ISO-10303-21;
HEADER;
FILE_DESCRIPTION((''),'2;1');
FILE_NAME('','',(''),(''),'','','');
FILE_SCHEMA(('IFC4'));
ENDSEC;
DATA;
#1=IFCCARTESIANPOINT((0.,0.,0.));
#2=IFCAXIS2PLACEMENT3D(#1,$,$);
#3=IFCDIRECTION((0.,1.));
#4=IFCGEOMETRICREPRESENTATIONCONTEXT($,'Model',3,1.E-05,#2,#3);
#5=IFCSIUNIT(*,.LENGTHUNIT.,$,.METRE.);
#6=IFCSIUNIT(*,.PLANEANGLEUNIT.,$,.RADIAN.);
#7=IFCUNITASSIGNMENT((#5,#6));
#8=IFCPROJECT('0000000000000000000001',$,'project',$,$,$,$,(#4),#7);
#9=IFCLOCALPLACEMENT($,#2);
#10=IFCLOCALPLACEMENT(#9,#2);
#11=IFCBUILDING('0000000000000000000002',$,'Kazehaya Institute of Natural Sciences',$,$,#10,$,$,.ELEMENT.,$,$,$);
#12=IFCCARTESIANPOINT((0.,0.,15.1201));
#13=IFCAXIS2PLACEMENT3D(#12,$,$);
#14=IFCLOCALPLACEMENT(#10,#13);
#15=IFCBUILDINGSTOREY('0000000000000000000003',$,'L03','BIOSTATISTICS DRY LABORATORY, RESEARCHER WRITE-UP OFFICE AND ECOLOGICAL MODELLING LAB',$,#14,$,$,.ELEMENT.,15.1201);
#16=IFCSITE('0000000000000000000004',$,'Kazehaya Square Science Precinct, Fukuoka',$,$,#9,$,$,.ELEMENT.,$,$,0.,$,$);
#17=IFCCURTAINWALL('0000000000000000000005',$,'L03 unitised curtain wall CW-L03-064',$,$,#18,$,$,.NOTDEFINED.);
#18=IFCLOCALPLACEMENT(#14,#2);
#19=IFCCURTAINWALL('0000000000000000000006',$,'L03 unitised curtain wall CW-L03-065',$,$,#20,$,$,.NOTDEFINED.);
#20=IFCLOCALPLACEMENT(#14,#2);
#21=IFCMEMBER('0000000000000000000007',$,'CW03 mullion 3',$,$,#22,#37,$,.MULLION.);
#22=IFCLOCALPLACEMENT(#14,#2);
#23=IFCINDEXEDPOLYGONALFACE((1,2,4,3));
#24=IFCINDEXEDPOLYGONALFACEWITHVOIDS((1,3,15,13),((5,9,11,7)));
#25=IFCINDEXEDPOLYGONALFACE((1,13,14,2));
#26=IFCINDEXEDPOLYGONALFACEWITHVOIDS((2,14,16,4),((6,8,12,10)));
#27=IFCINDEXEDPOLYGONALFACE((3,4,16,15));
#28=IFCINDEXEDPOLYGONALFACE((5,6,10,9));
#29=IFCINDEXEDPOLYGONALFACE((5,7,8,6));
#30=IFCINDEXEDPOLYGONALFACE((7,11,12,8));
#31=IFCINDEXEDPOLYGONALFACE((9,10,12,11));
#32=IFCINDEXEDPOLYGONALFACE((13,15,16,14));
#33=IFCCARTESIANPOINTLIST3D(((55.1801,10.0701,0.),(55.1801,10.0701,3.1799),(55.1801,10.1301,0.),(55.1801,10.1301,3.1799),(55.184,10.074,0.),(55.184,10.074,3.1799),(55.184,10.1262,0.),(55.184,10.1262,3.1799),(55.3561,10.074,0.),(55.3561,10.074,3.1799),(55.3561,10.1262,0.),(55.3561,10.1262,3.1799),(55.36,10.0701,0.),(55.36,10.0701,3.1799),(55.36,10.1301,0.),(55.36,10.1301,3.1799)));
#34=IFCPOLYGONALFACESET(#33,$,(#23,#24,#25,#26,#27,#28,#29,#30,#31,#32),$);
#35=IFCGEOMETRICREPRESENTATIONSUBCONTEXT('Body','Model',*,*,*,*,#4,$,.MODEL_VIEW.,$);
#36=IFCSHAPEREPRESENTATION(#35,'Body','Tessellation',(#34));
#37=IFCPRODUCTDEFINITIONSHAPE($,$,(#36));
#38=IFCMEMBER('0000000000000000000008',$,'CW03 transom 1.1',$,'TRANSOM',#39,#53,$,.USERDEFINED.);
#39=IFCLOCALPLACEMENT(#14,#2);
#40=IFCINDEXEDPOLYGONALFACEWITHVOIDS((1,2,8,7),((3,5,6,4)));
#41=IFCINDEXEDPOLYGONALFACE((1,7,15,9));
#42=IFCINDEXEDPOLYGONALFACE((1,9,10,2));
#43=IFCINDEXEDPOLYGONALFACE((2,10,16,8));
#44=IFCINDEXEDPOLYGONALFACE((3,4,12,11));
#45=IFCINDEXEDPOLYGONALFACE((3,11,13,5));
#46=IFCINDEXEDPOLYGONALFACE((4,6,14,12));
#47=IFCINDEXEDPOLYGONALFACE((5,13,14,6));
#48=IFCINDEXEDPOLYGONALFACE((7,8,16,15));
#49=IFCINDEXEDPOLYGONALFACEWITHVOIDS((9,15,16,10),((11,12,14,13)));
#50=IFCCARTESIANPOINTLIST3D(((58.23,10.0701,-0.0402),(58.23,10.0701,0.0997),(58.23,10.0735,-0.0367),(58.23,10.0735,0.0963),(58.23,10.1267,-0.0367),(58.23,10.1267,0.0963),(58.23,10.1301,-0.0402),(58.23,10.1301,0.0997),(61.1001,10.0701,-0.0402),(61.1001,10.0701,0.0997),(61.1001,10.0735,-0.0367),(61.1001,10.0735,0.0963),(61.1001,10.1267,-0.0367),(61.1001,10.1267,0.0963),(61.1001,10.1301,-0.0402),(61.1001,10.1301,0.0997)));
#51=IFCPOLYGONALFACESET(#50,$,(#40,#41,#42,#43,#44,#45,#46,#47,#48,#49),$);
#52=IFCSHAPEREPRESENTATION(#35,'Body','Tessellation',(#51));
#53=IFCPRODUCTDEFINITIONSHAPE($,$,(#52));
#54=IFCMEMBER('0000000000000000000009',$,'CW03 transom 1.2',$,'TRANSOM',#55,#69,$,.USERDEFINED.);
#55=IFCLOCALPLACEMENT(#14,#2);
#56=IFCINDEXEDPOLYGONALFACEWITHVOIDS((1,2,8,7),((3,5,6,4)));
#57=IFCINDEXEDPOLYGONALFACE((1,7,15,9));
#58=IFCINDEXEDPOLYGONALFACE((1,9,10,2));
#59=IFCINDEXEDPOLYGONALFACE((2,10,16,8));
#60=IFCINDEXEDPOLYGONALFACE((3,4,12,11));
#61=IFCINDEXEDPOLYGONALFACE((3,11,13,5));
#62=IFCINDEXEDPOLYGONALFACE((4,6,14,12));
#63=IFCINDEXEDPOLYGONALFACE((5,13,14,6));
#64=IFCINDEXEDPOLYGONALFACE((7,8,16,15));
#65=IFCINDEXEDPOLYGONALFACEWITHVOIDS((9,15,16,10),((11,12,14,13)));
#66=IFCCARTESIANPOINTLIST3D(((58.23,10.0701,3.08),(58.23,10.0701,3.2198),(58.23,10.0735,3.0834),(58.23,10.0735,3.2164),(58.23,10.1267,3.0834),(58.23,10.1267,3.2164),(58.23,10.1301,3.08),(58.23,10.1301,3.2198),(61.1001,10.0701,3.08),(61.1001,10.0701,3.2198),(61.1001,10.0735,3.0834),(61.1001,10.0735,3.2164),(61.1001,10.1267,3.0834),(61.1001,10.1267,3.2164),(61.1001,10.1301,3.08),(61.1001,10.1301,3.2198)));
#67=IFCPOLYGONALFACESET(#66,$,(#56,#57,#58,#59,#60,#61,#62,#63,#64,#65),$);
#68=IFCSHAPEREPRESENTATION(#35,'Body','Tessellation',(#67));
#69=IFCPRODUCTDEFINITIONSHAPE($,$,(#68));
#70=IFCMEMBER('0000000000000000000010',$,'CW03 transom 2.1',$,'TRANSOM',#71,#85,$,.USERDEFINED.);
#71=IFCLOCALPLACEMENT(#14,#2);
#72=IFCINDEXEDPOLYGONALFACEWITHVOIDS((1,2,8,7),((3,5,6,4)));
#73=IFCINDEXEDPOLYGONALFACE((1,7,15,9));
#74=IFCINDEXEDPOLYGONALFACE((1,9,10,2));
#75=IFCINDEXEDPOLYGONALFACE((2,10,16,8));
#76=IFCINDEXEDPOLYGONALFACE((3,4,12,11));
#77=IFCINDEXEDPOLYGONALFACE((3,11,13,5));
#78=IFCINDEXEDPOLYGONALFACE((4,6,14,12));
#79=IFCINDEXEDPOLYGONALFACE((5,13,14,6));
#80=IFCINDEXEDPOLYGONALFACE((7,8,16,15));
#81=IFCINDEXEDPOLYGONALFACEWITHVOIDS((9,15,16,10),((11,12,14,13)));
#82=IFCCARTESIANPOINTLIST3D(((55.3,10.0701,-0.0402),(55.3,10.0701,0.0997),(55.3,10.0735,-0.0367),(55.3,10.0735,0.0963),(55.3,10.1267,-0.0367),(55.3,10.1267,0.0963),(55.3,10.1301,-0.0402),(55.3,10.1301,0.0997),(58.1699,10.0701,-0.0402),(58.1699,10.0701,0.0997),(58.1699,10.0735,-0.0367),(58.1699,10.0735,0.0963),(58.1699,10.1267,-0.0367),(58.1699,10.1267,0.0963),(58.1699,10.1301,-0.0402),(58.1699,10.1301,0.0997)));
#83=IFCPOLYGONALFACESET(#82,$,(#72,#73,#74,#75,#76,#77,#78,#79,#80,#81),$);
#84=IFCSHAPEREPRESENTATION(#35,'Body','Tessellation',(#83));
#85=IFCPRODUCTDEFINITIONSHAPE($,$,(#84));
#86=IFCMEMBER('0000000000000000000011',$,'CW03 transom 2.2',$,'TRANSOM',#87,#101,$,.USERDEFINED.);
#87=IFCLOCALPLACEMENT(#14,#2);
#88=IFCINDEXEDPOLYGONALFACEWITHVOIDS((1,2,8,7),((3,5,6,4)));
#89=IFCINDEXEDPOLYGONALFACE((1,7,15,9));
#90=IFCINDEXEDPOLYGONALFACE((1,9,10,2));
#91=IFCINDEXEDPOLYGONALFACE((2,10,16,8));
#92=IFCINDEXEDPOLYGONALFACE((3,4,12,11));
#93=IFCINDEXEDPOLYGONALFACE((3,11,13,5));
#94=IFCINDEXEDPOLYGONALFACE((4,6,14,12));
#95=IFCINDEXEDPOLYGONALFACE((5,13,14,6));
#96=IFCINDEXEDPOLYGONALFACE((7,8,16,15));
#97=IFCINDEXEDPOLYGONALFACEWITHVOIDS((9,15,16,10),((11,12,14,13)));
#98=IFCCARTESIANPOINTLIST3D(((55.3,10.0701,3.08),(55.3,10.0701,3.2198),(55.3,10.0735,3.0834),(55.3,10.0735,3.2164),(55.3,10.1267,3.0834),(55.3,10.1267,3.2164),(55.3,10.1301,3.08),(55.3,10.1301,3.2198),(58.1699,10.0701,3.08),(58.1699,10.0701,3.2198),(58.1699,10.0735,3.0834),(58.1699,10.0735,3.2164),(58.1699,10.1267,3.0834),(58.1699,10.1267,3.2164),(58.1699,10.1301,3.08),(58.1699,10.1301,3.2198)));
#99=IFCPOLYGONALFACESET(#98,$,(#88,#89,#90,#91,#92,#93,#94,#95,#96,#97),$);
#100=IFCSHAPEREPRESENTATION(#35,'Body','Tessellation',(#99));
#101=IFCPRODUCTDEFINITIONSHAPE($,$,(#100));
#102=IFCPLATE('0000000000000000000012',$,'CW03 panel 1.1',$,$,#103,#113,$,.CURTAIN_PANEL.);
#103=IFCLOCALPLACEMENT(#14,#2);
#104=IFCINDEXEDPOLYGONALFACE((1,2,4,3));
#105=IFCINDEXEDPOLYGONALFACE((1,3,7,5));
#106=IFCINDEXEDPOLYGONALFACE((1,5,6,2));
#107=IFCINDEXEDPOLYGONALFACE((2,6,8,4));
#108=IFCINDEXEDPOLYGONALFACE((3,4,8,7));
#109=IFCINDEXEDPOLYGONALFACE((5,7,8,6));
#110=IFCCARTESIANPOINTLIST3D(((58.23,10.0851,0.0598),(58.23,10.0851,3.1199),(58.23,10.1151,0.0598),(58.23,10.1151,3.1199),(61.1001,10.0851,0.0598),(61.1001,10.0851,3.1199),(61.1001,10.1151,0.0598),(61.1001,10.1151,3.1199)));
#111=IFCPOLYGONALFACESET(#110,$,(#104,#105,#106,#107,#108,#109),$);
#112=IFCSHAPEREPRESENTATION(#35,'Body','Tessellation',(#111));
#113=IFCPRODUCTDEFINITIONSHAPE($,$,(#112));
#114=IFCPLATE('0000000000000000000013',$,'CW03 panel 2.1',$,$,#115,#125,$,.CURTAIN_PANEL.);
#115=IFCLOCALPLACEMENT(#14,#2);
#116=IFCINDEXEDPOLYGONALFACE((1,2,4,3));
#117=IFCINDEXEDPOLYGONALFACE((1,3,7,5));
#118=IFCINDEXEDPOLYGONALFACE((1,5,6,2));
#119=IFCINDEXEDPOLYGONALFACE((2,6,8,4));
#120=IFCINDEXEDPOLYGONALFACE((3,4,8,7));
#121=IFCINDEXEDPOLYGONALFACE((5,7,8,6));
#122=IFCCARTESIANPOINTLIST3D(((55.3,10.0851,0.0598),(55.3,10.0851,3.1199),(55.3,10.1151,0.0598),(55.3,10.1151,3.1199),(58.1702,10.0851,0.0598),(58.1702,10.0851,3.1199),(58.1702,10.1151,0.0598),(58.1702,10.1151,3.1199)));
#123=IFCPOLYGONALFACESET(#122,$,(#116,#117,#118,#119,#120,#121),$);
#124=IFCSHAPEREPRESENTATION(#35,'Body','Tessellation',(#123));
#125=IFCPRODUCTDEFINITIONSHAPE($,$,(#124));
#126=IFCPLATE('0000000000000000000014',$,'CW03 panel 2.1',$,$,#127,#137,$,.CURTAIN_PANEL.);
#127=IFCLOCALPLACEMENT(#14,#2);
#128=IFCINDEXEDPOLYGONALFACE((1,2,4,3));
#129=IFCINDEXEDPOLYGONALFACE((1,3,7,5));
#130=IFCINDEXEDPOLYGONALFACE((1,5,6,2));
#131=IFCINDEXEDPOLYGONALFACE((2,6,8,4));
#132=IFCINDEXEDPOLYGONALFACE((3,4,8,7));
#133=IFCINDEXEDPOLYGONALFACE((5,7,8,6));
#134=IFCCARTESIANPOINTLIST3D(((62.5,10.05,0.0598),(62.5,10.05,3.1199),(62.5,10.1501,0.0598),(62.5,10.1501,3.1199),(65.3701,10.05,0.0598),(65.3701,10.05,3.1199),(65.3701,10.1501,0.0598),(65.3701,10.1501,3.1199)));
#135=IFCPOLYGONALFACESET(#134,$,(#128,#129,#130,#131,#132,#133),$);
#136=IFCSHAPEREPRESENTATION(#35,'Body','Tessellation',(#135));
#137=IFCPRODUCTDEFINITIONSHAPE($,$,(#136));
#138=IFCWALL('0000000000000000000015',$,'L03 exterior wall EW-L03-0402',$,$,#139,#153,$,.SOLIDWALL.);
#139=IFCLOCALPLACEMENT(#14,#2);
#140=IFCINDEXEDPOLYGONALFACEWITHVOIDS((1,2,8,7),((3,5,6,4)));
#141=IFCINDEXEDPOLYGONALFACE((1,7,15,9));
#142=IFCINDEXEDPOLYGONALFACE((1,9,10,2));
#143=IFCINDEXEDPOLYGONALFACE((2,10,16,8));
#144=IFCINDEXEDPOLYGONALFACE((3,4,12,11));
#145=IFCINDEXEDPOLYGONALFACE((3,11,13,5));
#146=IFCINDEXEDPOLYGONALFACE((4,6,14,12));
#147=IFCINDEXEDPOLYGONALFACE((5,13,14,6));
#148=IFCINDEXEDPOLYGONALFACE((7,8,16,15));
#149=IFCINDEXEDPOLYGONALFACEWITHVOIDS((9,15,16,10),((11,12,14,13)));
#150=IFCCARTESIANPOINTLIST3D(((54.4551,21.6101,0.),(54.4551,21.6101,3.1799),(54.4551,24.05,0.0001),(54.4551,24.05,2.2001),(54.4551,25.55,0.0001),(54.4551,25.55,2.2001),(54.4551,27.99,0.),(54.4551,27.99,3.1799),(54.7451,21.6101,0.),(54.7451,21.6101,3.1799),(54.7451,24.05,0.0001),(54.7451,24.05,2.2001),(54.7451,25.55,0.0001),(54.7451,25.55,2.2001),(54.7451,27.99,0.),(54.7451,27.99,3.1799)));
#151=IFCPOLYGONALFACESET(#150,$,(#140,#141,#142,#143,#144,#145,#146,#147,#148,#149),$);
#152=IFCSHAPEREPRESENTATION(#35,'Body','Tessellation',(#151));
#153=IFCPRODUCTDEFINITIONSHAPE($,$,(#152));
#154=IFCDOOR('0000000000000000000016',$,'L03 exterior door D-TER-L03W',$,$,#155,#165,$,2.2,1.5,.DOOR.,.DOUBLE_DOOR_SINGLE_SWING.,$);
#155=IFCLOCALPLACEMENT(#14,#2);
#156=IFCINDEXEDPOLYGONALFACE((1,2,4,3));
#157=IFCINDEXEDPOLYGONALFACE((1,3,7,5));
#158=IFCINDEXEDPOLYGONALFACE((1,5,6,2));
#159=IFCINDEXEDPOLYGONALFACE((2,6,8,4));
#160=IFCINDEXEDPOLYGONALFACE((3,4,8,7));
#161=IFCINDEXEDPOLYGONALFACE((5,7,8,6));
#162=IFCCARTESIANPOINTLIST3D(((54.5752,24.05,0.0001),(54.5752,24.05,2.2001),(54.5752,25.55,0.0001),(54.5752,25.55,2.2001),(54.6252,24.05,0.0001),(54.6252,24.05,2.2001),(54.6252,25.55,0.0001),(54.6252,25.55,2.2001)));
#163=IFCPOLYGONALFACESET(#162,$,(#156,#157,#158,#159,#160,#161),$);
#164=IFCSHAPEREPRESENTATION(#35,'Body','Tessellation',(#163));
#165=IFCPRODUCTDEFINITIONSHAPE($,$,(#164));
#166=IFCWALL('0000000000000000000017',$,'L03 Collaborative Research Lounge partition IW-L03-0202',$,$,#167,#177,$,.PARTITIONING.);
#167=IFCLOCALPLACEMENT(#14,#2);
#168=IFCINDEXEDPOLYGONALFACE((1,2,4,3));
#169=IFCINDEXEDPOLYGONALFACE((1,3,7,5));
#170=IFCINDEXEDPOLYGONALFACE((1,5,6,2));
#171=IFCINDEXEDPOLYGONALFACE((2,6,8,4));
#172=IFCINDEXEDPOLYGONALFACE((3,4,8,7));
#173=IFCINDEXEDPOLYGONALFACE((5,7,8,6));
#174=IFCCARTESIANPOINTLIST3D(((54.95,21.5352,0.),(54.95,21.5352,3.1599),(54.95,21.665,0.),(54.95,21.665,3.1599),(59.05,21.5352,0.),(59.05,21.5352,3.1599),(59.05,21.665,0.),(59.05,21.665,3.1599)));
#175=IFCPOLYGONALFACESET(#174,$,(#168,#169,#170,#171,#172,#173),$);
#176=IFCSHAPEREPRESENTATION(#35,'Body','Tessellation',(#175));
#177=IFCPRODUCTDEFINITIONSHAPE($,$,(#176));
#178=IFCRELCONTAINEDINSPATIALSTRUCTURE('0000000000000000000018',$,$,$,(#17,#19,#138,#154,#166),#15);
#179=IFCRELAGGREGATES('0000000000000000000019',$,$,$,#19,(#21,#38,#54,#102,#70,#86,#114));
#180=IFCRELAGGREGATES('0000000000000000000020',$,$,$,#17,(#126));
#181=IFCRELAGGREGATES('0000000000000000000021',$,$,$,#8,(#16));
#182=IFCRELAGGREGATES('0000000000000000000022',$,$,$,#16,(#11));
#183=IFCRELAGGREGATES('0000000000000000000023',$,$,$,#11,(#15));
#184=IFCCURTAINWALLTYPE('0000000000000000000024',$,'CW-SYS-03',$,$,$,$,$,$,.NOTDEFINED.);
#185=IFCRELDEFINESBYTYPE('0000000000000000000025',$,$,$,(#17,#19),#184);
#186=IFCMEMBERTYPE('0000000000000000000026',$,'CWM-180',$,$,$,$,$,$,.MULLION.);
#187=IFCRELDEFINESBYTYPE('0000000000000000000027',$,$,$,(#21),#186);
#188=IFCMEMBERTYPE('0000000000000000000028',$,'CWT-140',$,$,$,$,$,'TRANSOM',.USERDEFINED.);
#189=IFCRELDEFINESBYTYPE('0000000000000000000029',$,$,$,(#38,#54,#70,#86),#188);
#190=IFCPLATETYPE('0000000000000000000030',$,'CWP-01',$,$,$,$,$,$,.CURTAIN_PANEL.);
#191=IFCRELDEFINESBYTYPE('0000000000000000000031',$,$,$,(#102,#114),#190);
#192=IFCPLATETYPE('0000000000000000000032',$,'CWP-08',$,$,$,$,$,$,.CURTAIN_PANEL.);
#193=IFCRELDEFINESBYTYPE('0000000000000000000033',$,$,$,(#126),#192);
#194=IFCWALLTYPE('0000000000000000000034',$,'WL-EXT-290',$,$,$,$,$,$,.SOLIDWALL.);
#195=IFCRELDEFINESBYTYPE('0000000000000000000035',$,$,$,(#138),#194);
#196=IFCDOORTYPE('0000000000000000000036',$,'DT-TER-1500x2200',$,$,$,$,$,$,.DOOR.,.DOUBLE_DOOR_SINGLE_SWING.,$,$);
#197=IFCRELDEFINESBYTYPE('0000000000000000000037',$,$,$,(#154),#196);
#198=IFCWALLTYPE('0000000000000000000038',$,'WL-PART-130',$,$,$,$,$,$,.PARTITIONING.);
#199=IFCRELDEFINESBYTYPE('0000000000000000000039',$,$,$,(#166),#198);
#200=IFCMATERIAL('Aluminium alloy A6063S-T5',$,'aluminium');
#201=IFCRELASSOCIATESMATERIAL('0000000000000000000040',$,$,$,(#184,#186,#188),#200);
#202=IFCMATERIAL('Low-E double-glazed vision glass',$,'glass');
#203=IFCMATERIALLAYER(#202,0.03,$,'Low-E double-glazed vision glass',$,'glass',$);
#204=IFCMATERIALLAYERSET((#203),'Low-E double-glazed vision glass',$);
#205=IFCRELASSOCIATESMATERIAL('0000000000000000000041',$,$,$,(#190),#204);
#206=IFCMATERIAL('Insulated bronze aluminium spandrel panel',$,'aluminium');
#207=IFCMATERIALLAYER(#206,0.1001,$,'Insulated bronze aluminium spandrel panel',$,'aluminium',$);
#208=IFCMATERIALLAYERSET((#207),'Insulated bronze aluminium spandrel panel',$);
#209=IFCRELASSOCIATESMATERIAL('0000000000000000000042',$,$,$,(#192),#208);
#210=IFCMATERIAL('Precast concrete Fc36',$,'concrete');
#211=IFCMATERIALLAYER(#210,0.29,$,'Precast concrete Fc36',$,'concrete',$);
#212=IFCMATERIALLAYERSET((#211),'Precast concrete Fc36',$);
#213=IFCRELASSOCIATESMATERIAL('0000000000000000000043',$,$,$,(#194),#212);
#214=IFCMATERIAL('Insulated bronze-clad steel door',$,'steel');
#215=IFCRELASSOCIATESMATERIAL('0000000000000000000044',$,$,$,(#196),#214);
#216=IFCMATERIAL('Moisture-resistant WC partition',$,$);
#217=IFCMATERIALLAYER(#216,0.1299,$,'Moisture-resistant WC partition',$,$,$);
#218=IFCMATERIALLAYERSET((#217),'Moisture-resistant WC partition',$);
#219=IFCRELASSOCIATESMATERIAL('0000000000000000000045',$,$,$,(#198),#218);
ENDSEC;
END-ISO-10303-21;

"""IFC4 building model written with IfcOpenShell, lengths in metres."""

from ifc_helpers import new_model, si_unit, direction, frame, frame_2d, origin, origin_2d, place, context, subcontext, project, spatial, rectangle, hollow_rectangle, extrude, material, layer, layer_set, material_profile, profile_set, type_object, element, fill, aggregate, save


model = new_model("IFC4")

# Units and contexts
model_context = context("Model", 3, precision=1e-05, world=origin(), true_north=direction((0.0, 1.0)))
body_context = subcontext(model_context, "Body", "Model", "MODEL_VIEW")
ifc_project = project(units=[si_unit("LENGTHUNIT", "METRE"), si_unit("PLANEANGLEUNIT", "RADIAN")], contexts=[model_context])

# Site, building, storey
site_placement = place(None, origin())
site = spatial("IfcSite", under=ifc_project, at=site_placement, Name="Kazehaya Square Science Precinct, Fukuoka", CompositionType="ELEMENT", RefElevation=0.0)
building_placement = place(site_placement, origin())
building = spatial("IfcBuilding", under=site, at=building_placement, Name="Kazehaya Institute of Natural Sciences", CompositionType="ELEMENT")
storey_placement = place(building_placement, frame((0.0, 0.0, 15.1201)))
storey = spatial("IfcBuildingStorey", under=building, at=storey_placement, Name="L03", Description="BIOSTATISTICS DRY LABORATORY, RESEARCHER WRITE-UP OFFICE AND ECOLOGICAL MODELLING LAB", CompositionType="ELEMENT", Elevation=15.1201)

# Curtain wall
ifc_material_1 = material(Name="Aluminium alloy A6063S-T5", Category="aluminium")
curtain_wall_type = type_object("IfcCurtainWallType", Name="CW-SYS-03", PredefinedType="NOTDEFINED", material=ifc_material_1)
curtain_wall_1_placement = place(storey_placement, origin())
curtain_wall_1 = element("IfcCurtainWall", 1, at=curtain_wall_1_placement, inside=storey, type_object=curtain_wall_type, Name="L03 unitised curtain wall CW-L03-064", PredefinedType="NOTDEFINED")
ifc_material_profile_1 = material_profile(ifc_material_1, hollow_rectangle(XDim=0.0601, YDim=0.1799, WallThickness=0.0039, at=origin_2d()), Name="ALU-60x180x4")
ifc_profile_set_1 = profile_set([ifc_material_profile_1], Name="Aluminium alloy A6063S-T5")
member_type_1 = type_object("IfcMemberType", Name="CWM-180", PredefinedType="MULLION", material=ifc_profile_set_1)

# Curtain wall, members, plates
curtain_wall_2_placement = place(storey_placement, origin())
curtain_wall_2 = element("IfcCurtainWall", 2, at=curtain_wall_2_placement, inside=storey, type_object=curtain_wall_type, Name="L03 unitised curtain wall CW-L03-065", PredefinedType="NOTDEFINED")
member_1_placement = place(storey_placement, frame((55.27, 10.1001, 0.0), z_axis=(0.0, 0.0, 1.0), x_axis=(0.0, -1.0, 0.0)))
member_1 = element("IfcMember", 3, at=member_1_placement, type_object=member_type_1, Name="CW03 mullion 3", PredefinedType="MULLION", context=body_context, shape_type="SweptSolid", body=[
    extrude(hollow_rectangle(XDim=0.0601, YDim=0.1799, WallThickness=0.0039, at=origin_2d()), origin(), (0.0, 0.0, 1.0), 3.1799),
])
ifc_material_profile_2 = material_profile(ifc_material_1, hollow_rectangle(XDim=0.0601, YDim=0.1399, WallThickness=0.0034, at=origin_2d()), Name="ALU-60x140x3.5")
ifc_profile_set_2 = profile_set([ifc_material_profile_2], Name="Aluminium alloy A6063S-T5")
member_type_2 = type_object("IfcMemberType", Name="CWT-140", ElementType="TRANSOM", PredefinedType="USERDEFINED", material=ifc_profile_set_2)
member_2_placement = place(storey_placement, frame((61.1001, 10.1001, 0.0298), z_axis=(-1.0, 0.0, 0.0), x_axis=(0.0, -1.0, 0.0)))
member_2 = element("IfcMember", 4, at=member_2_placement, type_object=member_type_2, Name="CW03 transom 1.1", ObjectType="TRANSOM", PredefinedType="USERDEFINED", context=body_context, shape_type="SweptSolid", body=[
    extrude(hollow_rectangle(XDim=0.0601, YDim=0.1399, WallThickness=0.0034, at=origin_2d()), origin(), (0.0, 0.0, 1.0), 2.8701),
])
member_3_placement = place(storey_placement, frame((61.1001, 10.1001, 3.1499), z_axis=(-1.0, 0.0, 0.0), x_axis=(0.0, -1.0, 0.0)))
member_3 = element("IfcMember", 5, at=member_3_placement, type_object=member_type_2, Name="CW03 transom 1.2", ObjectType="TRANSOM", PredefinedType="USERDEFINED", context=body_context, shape_type="SweptSolid", body=[
    extrude(hollow_rectangle(XDim=0.0601, YDim=0.1399, WallThickness=0.0034, at=origin_2d()), origin(), (0.0, 0.0, 1.0), 2.8701),
])
member_4_placement = place(storey_placement, frame((58.1699, 10.1001, 0.0298), z_axis=(-1.0, 0.0, 0.0), x_axis=(0.0, -1.0, 0.0)))
member_4 = element("IfcMember", 6, at=member_4_placement, type_object=member_type_2, Name="CW03 transom 2.1", ObjectType="TRANSOM", PredefinedType="USERDEFINED", context=body_context, shape_type="SweptSolid", body=[
    extrude(hollow_rectangle(XDim=0.0601, YDim=0.1399, WallThickness=0.0034, at=origin_2d()), origin(), (0.0, 0.0, 1.0), 2.8699),
])
member_5_placement = place(storey_placement, frame((58.1699, 10.1001, 3.1499), z_axis=(-1.0, 0.0, 0.0), x_axis=(0.0, -1.0, 0.0)))
member_5 = element("IfcMember", 7, at=member_5_placement, type_object=member_type_2, Name="CW03 transom 2.2", ObjectType="TRANSOM", PredefinedType="USERDEFINED", context=body_context, shape_type="SweptSolid", body=[
    extrude(hollow_rectangle(XDim=0.0601, YDim=0.1399, WallThickness=0.0034, at=origin_2d()), origin(), (0.0, 0.0, 1.0), 2.8699),
])
ifc_material_2 = material(Name="Low-E double-glazed vision glass", Category="glass")
ifc_layer_1 = layer(ifc_material_2, 0.03, Name="Low-E double-glazed vision glass", Category="glass")
ifc_layer_set_1 = layer_set([ifc_layer_1], Name="Low-E double-glazed vision glass")
plate_type_1 = type_object("IfcPlateType", Name="CWP-01", PredefinedType="CURTAIN_PANEL", material=ifc_layer_set_1)
plate_1_placement = place(storey_placement, frame((59.665, 10.1001, 0.0598), z_axis=(0.0, 0.0, 1.0), x_axis=(-1.0, 0.0, 0.0)))
plate_1 = element("IfcPlate", 8, at=plate_1_placement, type_object=plate_type_1, Name="CW03 panel 1.1", PredefinedType="CURTAIN_PANEL", context=body_context, shape_type="SweptSolid", body=[
    extrude(rectangle(XDim=2.8701, YDim=0.03, at=origin_2d()), origin(), (0.0, 0.0, 1.0), 3.0601),
])
plate_2_placement = place(storey_placement, frame((56.7351, 10.1001, 0.0598), z_axis=(0.0, 0.0, 1.0), x_axis=(-1.0, 0.0, 0.0)))
plate_2 = element("IfcPlate", 9, at=plate_2_placement, type_object=plate_type_1, Name="CW03 panel 2.1", PredefinedType="CURTAIN_PANEL", context=body_context, shape_type="SweptSolid", body=[
    extrude(rectangle(XDim=2.8701, YDim=0.03, at=origin_2d()), origin(), (0.0, 0.0, 1.0), 3.0601),
])
aggregate(curtain_wall_2, [member_1, member_2, member_3, plate_1, member_4, member_5, plate_2])

# Plate
ifc_material_3 = material(Name="Insulated bronze aluminium spandrel panel", Category="aluminium")
ifc_layer_2 = layer(ifc_material_3, 0.1001, Name="Insulated bronze aluminium spandrel panel", Category="aluminium")
ifc_layer_set_2 = layer_set([ifc_layer_2], Name="Insulated bronze aluminium spandrel panel")
plate_type_2 = type_object("IfcPlateType", Name="CWP-08", PredefinedType="CURTAIN_PANEL", material=ifc_layer_set_2)
plate_3_placement = place(storey_placement, frame((63.9351, 10.1001, 0.0598), z_axis=(0.0, 0.0, 1.0), x_axis=(-1.0, 0.0, 0.0)))
plate_3 = element("IfcPlate", 10, at=plate_3_placement, type_object=plate_type_2, Name="CW03 panel 2.1", PredefinedType="CURTAIN_PANEL", context=body_context, shape_type="SweptSolid", body=[
    extrude(rectangle(XDim=2.8701, YDim=0.1001, at=origin_2d()), origin(), (0.0, 0.0, 1.0), 3.0601),
])
aggregate(curtain_wall_1, [plate_3])

# Wall, opening, door
ifc_material_4 = material(Name="Precast concrete Fc36", Category="concrete")
ifc_layer_3 = layer(ifc_material_4, 0.29, Name="Precast concrete Fc36", Category="concrete")
ifc_layer_set_3 = layer_set([ifc_layer_3], Name="Precast concrete Fc36")
wall_type_1 = type_object("IfcWallType", Name="WL-EXT-290", PredefinedType="SOLIDWALL", material=ifc_layer_set_3)
wall_1_placement = place(storey_placement, frame((54.6001, 21.6101, 0.0), z_axis=(0.0, 0.0, 1.0), x_axis=(0.0, 1.0, 0.0)))
wall_1 = element("IfcWall", 11, at=wall_1_placement, inside=storey, type_object=wall_type_1, Name="L03 exterior wall EW-L03-0402", PredefinedType="SOLIDWALL", context=body_context, shape_type="SweptSolid", body=[
    extrude(rectangle(XDim=6.3799, YDim=0.29, at=frame_2d((3.1899, 0.0))), origin(), (0.0, 0.0, 1.0), 3.1799),
])
opening_1_placement = place(wall_1_placement, frame((2.4399, 0.0, 0.0)))
opening_1 = element("IfcOpeningElement", 12, at=opening_1_placement, cuts=wall_1, PredefinedType="OPENING", context=body_context, shape_type="SweptSolid", body=[
    extrude(rectangle(XDim=1.5, YDim=2.2, at=frame_2d((0.75, 1.1001))), frame((0.0, 0.155, 0.0), z_axis=(0.0, -1.0, 0.0), x_axis=(1.0, 0.0, 0.0)), (0.0, 0.0, 1.0), 0.3101),
])
ifc_material_5 = material(Name="Insulated bronze-clad steel door", Category="steel")
door_type_1 = type_object("IfcDoorType", Name="DT-TER-1500x2200", OperationType="DOUBLE_DOOR_SINGLE_SWING", PredefinedType="DOOR", material=ifc_material_5)
door_1_placement = place(opening_1_placement, origin())
door_1 = element("IfcDoor", 13, at=door_1_placement, inside=storey, type_object=door_type_1, Name="L03 exterior door D-TER-L03W", OperationType="DOUBLE_DOOR_SINGLE_SWING", OverallHeight=2.2, OverallWidth=1.5, PredefinedType="DOOR", context=body_context, shape_type="SweptSolid", body=[
    extrude(rectangle(XDim=1.5, YDim=2.2, at=frame_2d((0.75, 1.1001))), frame((0.0, 0.0249, 0.0), z_axis=(0.0, -1.0, 0.0), x_axis=(1.0, 0.0, 0.0)), (0.0, 0.0, 1.0), 0.05),
])
fill(opening_1, door_1)

# Wall
ifc_material_6 = material(Name="Moisture-resistant WC partition")
ifc_layer_4 = layer(ifc_material_6, 0.1299, Name="Moisture-resistant WC partition")
ifc_layer_set_4 = layer_set([ifc_layer_4], Name="Moisture-resistant WC partition")
wall_type_2 = type_object("IfcWallType", Name="WL-PART-130", PredefinedType="PARTITIONING", material=ifc_layer_set_4)
wall_2_placement = place(storey_placement, frame((59.05, 21.6001, 0.0), z_axis=(0.0, 0.0, 1.0), x_axis=(-1.0, 0.0, 0.0)))
element("IfcWall", 14, at=wall_2_placement, inside=storey, type_object=wall_type_2, Name="L03 Collaborative Research Lounge partition IW-L03-0202", PredefinedType="PARTITIONING", context=body_context, shape_type="SweptSolid", body=[
    extrude(rectangle(XDim=4.1001, YDim=0.1299, at=frame_2d((2.05, 0.0))), origin(), (0.0, 0.0, 1.0), 3.1599),
])

save(model, "model.ifc")
